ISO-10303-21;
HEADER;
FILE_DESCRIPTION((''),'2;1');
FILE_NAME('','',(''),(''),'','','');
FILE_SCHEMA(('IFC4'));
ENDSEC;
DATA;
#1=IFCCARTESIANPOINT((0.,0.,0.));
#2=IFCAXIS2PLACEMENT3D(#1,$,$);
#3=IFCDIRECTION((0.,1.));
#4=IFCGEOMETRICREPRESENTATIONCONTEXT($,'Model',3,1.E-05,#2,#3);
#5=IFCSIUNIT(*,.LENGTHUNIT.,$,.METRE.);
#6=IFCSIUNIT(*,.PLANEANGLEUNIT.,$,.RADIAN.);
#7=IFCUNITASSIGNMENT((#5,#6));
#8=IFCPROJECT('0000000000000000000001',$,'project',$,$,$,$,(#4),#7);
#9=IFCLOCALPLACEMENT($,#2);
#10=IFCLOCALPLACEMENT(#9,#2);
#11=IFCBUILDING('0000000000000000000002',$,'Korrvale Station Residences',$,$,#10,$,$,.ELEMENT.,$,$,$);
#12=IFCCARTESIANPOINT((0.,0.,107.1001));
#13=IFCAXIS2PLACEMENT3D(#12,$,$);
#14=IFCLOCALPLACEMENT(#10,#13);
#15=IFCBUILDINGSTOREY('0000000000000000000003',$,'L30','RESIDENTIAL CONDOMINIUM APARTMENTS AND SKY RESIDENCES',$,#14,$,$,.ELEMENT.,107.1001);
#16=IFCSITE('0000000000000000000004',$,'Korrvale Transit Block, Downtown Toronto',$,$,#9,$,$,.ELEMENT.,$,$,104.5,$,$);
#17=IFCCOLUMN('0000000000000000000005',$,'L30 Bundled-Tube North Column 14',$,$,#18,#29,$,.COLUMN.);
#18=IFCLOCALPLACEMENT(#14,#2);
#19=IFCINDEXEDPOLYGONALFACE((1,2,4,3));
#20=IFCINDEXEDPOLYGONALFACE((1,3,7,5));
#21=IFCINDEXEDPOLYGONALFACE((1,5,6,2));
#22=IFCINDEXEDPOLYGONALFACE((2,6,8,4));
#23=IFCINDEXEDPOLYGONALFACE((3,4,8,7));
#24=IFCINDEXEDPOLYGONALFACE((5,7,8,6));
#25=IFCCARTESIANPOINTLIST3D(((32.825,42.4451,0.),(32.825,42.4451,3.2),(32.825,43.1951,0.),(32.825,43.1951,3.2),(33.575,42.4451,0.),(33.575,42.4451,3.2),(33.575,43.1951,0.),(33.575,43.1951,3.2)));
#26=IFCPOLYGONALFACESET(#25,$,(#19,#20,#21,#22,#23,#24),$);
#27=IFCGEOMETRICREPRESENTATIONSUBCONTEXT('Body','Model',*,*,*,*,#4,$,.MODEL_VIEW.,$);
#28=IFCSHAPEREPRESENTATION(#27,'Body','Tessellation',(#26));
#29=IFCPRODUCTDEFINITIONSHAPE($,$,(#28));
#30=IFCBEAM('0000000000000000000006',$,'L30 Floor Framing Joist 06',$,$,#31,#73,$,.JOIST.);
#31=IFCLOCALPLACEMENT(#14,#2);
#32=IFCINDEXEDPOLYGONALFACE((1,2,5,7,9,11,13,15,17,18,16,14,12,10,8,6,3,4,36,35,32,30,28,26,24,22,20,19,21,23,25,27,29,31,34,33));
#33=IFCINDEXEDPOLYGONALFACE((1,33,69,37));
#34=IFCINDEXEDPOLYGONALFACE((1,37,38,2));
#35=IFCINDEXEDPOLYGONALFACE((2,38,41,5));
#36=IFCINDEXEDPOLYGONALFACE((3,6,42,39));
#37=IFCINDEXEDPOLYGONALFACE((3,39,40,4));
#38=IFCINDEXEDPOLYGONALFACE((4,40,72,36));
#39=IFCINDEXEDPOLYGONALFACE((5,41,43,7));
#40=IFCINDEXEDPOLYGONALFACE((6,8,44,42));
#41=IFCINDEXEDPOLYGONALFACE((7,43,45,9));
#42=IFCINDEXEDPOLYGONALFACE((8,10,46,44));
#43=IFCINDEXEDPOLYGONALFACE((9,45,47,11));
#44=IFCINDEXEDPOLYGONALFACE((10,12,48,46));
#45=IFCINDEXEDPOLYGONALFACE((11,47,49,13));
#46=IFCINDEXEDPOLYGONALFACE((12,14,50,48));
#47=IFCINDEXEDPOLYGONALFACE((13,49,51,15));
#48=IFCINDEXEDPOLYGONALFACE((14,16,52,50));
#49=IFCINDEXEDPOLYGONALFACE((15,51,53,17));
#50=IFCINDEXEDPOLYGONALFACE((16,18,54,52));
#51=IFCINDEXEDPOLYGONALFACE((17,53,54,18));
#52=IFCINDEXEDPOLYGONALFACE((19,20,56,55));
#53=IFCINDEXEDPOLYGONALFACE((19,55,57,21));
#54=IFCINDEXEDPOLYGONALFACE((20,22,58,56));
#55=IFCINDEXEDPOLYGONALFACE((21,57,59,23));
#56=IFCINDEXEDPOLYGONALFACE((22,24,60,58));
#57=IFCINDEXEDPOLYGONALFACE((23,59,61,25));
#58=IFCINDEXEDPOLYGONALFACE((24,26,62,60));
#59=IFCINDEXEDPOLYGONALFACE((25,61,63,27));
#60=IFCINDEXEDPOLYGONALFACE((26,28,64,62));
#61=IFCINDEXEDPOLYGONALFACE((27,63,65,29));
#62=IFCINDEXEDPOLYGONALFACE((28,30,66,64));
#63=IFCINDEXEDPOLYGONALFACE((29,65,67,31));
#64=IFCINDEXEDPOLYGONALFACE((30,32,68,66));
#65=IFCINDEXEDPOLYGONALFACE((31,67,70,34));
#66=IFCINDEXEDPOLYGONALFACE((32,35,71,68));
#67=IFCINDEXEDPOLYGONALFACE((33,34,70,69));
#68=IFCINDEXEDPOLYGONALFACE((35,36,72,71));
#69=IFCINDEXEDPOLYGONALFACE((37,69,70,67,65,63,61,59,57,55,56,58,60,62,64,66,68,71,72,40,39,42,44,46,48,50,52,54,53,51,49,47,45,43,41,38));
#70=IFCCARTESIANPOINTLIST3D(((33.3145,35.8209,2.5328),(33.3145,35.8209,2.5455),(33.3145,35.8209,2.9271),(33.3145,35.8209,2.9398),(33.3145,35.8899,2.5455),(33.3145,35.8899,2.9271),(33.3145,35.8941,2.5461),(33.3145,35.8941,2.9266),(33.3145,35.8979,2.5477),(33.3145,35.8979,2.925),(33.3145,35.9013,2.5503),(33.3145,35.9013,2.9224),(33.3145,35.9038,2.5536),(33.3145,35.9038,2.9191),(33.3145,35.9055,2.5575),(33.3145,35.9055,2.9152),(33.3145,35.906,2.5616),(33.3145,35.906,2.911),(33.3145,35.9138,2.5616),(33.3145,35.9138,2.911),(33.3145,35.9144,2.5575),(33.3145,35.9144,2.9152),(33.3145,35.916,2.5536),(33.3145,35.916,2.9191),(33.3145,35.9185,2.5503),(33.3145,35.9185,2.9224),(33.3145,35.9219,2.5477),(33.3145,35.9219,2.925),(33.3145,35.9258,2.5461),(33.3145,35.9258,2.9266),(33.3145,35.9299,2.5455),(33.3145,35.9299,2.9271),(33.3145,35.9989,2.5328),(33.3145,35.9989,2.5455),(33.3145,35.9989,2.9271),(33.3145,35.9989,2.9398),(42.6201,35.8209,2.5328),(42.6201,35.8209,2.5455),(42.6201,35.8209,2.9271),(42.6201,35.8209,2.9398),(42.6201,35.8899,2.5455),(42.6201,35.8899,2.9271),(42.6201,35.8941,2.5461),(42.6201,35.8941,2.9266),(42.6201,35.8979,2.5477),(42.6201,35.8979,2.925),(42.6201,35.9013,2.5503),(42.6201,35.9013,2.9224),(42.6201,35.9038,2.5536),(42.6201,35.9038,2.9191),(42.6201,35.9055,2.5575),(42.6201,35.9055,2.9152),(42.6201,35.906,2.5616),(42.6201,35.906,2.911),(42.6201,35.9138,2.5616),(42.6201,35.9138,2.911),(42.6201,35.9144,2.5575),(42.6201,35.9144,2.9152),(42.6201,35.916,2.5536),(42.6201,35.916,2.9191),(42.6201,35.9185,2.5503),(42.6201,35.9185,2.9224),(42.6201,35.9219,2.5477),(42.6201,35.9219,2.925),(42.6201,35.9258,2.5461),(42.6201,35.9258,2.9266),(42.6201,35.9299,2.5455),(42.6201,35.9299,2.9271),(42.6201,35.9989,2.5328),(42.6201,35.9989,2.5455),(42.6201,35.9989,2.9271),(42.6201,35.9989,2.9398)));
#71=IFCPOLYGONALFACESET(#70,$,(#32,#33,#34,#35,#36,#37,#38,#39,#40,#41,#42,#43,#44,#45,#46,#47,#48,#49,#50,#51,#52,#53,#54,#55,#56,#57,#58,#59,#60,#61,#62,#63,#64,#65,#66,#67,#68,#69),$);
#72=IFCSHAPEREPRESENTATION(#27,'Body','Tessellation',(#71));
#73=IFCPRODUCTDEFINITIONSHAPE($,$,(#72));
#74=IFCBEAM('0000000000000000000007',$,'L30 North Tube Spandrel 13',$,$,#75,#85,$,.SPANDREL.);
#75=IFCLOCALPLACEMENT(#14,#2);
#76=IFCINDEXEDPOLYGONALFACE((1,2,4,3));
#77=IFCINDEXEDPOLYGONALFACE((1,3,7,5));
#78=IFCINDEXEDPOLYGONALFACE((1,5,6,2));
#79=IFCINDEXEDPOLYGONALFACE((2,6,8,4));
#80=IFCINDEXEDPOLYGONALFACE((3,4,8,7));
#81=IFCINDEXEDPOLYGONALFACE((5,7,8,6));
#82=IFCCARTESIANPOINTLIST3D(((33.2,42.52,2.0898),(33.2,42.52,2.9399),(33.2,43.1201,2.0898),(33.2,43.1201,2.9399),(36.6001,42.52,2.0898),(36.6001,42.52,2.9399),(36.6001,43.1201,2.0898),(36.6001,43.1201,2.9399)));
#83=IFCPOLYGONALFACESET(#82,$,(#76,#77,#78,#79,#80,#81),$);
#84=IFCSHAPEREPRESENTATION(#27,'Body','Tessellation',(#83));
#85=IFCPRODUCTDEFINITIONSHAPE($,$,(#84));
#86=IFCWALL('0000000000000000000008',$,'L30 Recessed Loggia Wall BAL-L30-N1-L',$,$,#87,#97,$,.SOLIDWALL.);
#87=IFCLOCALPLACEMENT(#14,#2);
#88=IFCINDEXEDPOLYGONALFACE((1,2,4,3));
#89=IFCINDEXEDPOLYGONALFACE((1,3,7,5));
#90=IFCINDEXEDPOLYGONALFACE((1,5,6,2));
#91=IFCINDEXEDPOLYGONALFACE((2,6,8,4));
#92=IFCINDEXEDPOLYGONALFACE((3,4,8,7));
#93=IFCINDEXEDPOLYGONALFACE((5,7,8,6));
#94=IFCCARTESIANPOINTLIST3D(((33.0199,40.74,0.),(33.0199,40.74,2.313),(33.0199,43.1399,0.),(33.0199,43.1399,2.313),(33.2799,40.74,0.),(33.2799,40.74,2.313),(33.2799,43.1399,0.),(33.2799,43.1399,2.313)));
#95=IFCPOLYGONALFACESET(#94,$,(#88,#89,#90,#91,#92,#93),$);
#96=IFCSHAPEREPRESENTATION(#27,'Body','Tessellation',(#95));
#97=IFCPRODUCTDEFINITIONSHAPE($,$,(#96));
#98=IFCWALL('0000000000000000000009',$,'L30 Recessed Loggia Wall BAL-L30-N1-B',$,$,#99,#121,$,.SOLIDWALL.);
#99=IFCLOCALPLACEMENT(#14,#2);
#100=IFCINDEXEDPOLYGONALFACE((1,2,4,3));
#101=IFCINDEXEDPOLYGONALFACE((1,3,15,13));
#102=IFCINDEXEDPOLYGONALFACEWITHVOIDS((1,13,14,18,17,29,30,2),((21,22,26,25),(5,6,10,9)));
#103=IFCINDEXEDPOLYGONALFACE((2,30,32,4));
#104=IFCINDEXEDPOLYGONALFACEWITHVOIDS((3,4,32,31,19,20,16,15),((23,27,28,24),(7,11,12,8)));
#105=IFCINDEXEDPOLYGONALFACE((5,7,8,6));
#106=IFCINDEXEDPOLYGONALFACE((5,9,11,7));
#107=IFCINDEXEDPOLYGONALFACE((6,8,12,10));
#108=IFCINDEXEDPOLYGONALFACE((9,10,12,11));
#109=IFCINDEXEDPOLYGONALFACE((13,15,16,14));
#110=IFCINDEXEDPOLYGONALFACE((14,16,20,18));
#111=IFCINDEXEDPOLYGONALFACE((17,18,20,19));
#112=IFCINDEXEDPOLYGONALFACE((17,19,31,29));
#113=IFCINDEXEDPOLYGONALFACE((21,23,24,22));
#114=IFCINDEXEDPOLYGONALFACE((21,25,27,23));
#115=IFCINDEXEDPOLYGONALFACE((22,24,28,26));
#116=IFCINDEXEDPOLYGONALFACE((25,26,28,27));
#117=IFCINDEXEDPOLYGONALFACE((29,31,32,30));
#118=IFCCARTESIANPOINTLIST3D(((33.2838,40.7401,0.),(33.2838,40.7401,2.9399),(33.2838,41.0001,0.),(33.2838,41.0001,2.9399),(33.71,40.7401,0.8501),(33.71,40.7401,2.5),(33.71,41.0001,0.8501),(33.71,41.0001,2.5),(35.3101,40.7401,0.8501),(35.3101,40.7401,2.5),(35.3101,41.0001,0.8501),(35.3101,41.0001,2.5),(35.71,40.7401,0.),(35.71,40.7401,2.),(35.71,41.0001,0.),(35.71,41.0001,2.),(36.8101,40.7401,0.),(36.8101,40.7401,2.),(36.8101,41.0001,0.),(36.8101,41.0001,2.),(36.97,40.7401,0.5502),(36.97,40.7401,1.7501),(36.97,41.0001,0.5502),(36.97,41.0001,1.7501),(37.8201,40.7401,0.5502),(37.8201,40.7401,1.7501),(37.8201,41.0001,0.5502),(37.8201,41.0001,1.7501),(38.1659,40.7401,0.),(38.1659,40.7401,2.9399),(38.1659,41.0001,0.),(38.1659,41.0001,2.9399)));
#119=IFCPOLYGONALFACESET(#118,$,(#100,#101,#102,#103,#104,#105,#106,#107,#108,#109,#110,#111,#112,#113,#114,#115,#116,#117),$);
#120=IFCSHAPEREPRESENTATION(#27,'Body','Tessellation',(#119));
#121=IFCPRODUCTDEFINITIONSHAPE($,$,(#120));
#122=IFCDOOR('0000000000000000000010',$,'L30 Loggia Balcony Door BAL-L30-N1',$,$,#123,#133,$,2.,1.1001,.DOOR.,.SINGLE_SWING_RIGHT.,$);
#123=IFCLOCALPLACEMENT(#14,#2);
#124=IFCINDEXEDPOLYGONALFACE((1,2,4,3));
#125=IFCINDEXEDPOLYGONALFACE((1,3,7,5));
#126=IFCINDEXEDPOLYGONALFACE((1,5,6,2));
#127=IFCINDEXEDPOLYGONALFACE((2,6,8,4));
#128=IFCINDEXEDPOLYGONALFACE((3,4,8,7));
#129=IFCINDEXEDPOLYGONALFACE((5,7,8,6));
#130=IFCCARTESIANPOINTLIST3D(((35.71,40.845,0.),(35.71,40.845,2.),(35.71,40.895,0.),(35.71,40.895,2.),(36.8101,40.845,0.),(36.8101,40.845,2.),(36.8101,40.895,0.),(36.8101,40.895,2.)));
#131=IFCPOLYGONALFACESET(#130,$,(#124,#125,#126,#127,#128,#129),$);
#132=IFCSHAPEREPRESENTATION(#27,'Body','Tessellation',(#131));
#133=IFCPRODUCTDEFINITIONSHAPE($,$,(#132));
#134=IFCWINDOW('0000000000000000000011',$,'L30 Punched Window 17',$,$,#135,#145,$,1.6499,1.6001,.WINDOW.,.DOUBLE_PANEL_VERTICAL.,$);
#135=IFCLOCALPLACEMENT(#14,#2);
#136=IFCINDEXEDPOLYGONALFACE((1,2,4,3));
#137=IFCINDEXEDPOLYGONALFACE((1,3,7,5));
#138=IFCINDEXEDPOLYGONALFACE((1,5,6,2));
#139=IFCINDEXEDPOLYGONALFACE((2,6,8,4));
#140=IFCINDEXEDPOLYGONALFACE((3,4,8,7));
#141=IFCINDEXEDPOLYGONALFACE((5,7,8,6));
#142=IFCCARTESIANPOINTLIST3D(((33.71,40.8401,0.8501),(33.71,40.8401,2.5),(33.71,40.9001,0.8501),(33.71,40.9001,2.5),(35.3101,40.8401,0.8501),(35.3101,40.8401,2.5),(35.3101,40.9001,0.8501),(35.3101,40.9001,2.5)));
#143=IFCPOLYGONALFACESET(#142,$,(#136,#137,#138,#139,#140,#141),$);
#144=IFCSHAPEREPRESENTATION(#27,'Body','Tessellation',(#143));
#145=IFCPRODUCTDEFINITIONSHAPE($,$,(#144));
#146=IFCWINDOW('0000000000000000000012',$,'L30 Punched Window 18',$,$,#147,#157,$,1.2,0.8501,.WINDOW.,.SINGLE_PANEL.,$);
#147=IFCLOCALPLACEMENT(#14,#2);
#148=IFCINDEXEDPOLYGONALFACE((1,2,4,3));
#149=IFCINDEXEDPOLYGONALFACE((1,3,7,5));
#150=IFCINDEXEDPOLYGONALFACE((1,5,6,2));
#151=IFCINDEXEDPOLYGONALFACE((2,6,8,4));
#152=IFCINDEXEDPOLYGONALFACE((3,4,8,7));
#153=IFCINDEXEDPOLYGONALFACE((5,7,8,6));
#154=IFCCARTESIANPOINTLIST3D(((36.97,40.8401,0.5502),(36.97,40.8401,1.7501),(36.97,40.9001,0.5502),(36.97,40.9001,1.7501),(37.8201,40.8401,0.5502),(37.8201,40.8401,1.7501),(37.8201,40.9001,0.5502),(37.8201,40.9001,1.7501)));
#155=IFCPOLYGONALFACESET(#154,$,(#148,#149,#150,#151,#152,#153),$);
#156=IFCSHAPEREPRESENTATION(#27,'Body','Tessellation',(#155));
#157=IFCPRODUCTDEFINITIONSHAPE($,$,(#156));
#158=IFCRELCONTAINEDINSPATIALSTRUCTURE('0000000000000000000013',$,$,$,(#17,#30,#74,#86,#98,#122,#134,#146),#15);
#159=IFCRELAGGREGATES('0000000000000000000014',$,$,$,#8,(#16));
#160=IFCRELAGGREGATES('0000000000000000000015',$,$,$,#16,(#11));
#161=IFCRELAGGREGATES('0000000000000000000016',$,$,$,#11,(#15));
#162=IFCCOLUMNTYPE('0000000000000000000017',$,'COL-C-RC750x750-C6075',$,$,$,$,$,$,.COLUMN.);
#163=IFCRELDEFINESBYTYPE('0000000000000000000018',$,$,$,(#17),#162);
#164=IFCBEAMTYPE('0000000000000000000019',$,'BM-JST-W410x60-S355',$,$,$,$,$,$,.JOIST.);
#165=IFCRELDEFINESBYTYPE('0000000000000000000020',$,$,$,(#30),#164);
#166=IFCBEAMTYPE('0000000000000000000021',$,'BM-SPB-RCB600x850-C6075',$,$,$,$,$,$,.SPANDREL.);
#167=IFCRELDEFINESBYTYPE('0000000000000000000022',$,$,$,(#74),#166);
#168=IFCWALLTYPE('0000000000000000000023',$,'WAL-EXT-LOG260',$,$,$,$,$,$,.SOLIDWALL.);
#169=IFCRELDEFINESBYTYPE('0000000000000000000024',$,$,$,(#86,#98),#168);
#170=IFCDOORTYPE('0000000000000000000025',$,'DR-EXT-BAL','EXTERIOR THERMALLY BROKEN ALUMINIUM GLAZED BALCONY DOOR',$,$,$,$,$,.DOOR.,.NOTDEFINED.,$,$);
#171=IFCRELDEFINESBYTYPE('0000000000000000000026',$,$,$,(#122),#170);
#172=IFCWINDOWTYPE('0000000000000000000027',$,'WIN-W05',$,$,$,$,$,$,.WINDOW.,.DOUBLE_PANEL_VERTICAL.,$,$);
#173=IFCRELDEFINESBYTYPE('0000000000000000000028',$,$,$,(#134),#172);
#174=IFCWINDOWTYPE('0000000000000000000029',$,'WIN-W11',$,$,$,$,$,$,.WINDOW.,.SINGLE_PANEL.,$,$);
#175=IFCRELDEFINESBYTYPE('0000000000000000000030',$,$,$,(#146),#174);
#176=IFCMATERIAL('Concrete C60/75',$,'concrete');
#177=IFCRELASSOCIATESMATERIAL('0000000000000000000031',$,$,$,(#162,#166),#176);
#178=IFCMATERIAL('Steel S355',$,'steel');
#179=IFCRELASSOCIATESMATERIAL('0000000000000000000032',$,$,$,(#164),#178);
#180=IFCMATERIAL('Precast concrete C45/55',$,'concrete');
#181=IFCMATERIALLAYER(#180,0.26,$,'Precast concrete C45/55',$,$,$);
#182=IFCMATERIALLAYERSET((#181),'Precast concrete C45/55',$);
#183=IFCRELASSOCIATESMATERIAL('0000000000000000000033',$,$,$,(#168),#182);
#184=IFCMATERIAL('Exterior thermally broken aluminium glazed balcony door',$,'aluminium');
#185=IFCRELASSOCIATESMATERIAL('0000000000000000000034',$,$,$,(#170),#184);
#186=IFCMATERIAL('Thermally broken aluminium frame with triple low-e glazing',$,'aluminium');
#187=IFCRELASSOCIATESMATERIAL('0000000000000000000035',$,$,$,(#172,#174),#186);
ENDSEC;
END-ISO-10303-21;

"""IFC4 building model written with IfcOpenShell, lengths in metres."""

from ifc_helpers import new_model, si_unit, direction, frame, frame_2d, origin, origin_2d, place, context, subcontext, project, spatial, rectangle, i_section, extrude, material, layer, layer_set, material_profile, profile_set, type_object, element, fill, save


model = new_model("IFC4")

# Units and contexts
model_context = context("Model", 3, precision=1e-05, world=origin(), true_north=direction((0.0, 1.0)))
body_context = subcontext(model_context, "Body", "Model", "MODEL_VIEW")
ifc_project = project(units=[si_unit("LENGTHUNIT", "METRE"), si_unit("PLANEANGLEUNIT", "RADIAN")], contexts=[model_context])

# Site, building, storey
site_placement = place(None, origin())
site = spatial("IfcSite", under=ifc_project, at=site_placement, Name="Korrvale Transit Block, Downtown Toronto", CompositionType="ELEMENT", RefElevation=104.5)
building_placement = place(site_placement, origin())
building = spatial("IfcBuilding", under=site, at=building_placement, Name="Korrvale Station Residences", CompositionType="ELEMENT")
storey_placement = place(building_placement, frame((0.0, 0.0, 107.1001)))
storey = spatial("IfcBuildingStorey", under=building, at=storey_placement, Name="L30", Description="RESIDENTIAL CONDOMINIUM APARTMENTS AND SKY RESIDENCES", CompositionType="ELEMENT", Elevation=107.1001)

# Column
ifc_material_1 = material(Name="Concrete C60/75", Category="concrete")
ifc_material_profile_1 = material_profile(ifc_material_1, rectangle(XDim=0.75, YDim=0.75, at=origin_2d()), Name="RC750x750")
ifc_profile_set_1 = profile_set([ifc_material_profile_1], Name="Concrete C60/75")
column_type = type_object("IfcColumnType", Name="COL-C-RC750x750-C6075", PredefinedType="COLUMN", material=ifc_profile_set_1)
column_placement = place(storey_placement, frame((33.2, 42.8201, 0.0), z_axis=(0.0, 0.0, 1.0), x_axis=(1.0, 0.0, 0.0)))
element("IfcColumn", 1, at=column_placement, inside=storey, type_object=column_type, Name="L30 Bundled-Tube North Column 14", PredefinedType="COLUMN", context=body_context, shape_type="SweptSolid", body=[
    extrude(rectangle(XDim=0.75, YDim=0.75, at=origin_2d()), origin(), (0.0, 0.0, 1.0), 3.2),
])

# Beams
ifc_material_2 = material(Name="Steel S355", Category="steel")
ifc_material_profile_2 = material_profile(ifc_material_2, i_section(OverallWidth=0.178, OverallDepth=0.407, WebThickness=0.0078, FlangeThickness=0.0127, FilletRadius=0.0161, at=origin_2d()), Name="W410x60")
ifc_profile_set_2 = profile_set([ifc_material_profile_2], Name="Steel S355")
beam_type_1 = type_object("IfcBeamType", Name="BM-JST-W410x60-S355", PredefinedType="JOIST", material=ifc_profile_set_2)
beam_1_placement = place(storey_placement, frame((33.3145, 35.9099, 2.7363), z_axis=(1.0, 0.0, 0.0), x_axis=(0.0, 1.0, 0.0)))
element("IfcBeam", 2, at=beam_1_placement, inside=storey, type_object=beam_type_1, Name="L30 Floor Framing Joist 06", PredefinedType="JOIST", context=body_context, shape_type="SweptSolid", body=[
    extrude(i_section(OverallWidth=0.178, OverallDepth=0.407, WebThickness=0.0078, FlangeThickness=0.0127, FilletRadius=0.0161, at=origin_2d()), origin(), (0.0, 0.0, 1.0), 9.3057),
])
ifc_material_profile_3 = material_profile(ifc_material_1, rectangle(XDim=0.6001, YDim=0.8501, at=origin_2d()), Name="RCB600x850")
ifc_profile_set_3 = profile_set([ifc_material_profile_3], Name="Concrete C60/75")
beam_type_2 = type_object("IfcBeamType", Name="BM-SPB-RCB600x850-C6075", PredefinedType="SPANDREL", material=ifc_profile_set_3)
beam_2_placement = place(storey_placement, frame((33.2, 42.8201, 2.5149), z_axis=(1.0, 0.0, 0.0), x_axis=(0.0, 1.0, 0.0)))
element("IfcBeam", 3, at=beam_2_placement, inside=storey, type_object=beam_type_2, Name="L30 North Tube Spandrel 13", PredefinedType="SPANDREL", context=body_context, shape_type="SweptSolid", body=[
    extrude(rectangle(XDim=0.6001, YDim=0.8501, at=origin_2d()), origin(), (0.0, 0.0, 1.0), 3.4001),
])

# Wall
ifc_material_3 = material(Name="Precast concrete C45/55", Category="concrete")
ifc_layer_1 = layer(ifc_material_3, 0.26, Name="Precast concrete C45/55")
ifc_layer_set_1 = layer_set([ifc_layer_1], Name="Precast concrete C45/55")
wall_type_1 = type_object("IfcWallType", Name="WAL-EXT-LOG260", PredefinedType="SOLIDWALL", material=ifc_layer_set_1)
wall_1_placement = place(storey_placement, frame((33.1499, 43.1399, 0.0), z_axis=(0.0, 0.0, 1.0), x_axis=(0.0, -1.0, 0.0)))
element("IfcWall", 4, at=wall_1_placement, inside=storey, type_object=wall_type_1, Name="L30 Recessed Loggia Wall BAL-L30-N1-L", PredefinedType="SOLIDWALL", context=body_context, shape_type="SweptSolid", body=[
    extrude(rectangle(XDim=2.3999, YDim=0.26, at=frame_2d((1.2, 0.0))), origin(), (0.0, 0.0, 1.0), 2.313),
])

# Wall, openings, door, windows
wall_2_placement = place(storey_placement, frame((33.2839, 40.8701, 0.0), z_axis=(0.0, 0.0, 1.0), x_axis=(1.0, 0.0, 0.0)))
wall_2 = element("IfcWall", 5, at=wall_2_placement, inside=storey, type_object=wall_type_1, Name="L30 Recessed Loggia Wall BAL-L30-N1-B", PredefinedType="SOLIDWALL", context=body_context, shape_type="SweptSolid", body=[
    extrude(rectangle(XDim=4.8821, YDim=0.26, at=frame_2d((2.4409, 0.0))), origin(), (0.0, 0.0, 1.0), 2.9399),
])
opening_1_placement = place(wall_2_placement, frame((2.426, 0.0, 0.0)))
opening_1 = element("IfcOpeningElement", 6, at=opening_1_placement, cuts=wall_2, PredefinedType="OPENING", context=body_context, shape_type="SweptSolid", body=[
    extrude(rectangle(XDim=1.1001, YDim=2.0, at=frame_2d((0.55, 1.0))), frame((0.0, 0.1401, 0.0), z_axis=(0.0, -1.0, 0.0), x_axis=(1.0, 0.0, 0.0)), (0.0, 0.0, 1.0), 0.28),
])
opening_2_placement = place(wall_2_placement, frame((0.426, 0.0, 0.8501)))
opening_2 = element("IfcOpeningElement", 7, at=opening_2_placement, cuts=wall_2, PredefinedType="OPENING", context=body_context, shape_type="SweptSolid", body=[
    extrude(rectangle(XDim=1.6001, YDim=1.6499, at=frame_2d((0.8, 0.825))), frame((0.0, 0.1401, 0.0), z_axis=(0.0, -1.0, 0.0), x_axis=(1.0, 0.0, 0.0)), (0.0, 0.0, 1.0), 0.28),
])
opening_3_placement = place(wall_2_placement, frame((3.686, 0.0, 0.55)))
opening_3 = element("IfcOpeningElement", 8, at=opening_3_placement, cuts=wall_2, PredefinedType="OPENING", context=body_context, shape_type="SweptSolid", body=[
    extrude(rectangle(XDim=0.8501, YDim=1.2, at=frame_2d((0.425, 0.6001))), frame((0.0, 0.1401, 0.0), z_axis=(0.0, -1.0, 0.0), x_axis=(1.0, 0.0, 0.0)), (0.0, 0.0, 1.0), 0.28),
])
ifc_material_4 = material(Name="Exterior thermally broken aluminium glazed balcony door", Category="aluminium")
door_type_1 = type_object("IfcDoorType", Name="DR-EXT-BAL", Description="EXTERIOR THERMALLY BROKEN ALUMINIUM GLAZED BALCONY DOOR", OperationType="NOTDEFINED", PredefinedType="DOOR", material=ifc_material_4)
door_1_placement = place(opening_1_placement, origin())
door_1 = element("IfcDoor", 9, at=door_1_placement, inside=storey, type_object=door_type_1, Name="L30 Loggia Balcony Door BAL-L30-N1", OperationType="SINGLE_SWING_RIGHT", OverallHeight=2.0, OverallWidth=1.1001, PredefinedType="DOOR", context=body_context, shape_type="SweptSolid", body=[
    extrude(rectangle(XDim=1.1001, YDim=2.0, at=frame_2d((0.55, 1.0))), frame((0.0, 0.0249, 0.0), z_axis=(0.0, -1.0, 0.0), x_axis=(1.0, 0.0, 0.0)), (0.0, 0.0, 1.0), 0.05),
])
fill(opening_1, door_1)
ifc_material_5 = material(Name="Thermally broken aluminium frame with triple low-e glazing", Category="aluminium")
window_type_1 = type_object("IfcWindowType", Name="WIN-W05", PartitioningType="DOUBLE_PANEL_VERTICAL", PredefinedType="WINDOW", material=ifc_material_5)
window_1_placement = place(opening_2_placement, origin())
window_1 = element("IfcWindow", 10, at=window_1_placement, inside=storey, type_object=window_type_1, Name="L30 Punched Window 17", OverallHeight=1.6499, OverallWidth=1.6001, PartitioningType="DOUBLE_PANEL_VERTICAL", PredefinedType="WINDOW", context=body_context, shape_type="SweptSolid", body=[
    extrude(rectangle(XDim=1.6001, YDim=1.6499, at=frame_2d((0.8, 0.825))), frame((0.0, 0.03, 0.0), z_axis=(0.0, -1.0, 0.0), x_axis=(1.0, 0.0, 0.0)), (0.0, 0.0, 1.0), 0.0601),
])
fill(opening_2, window_1)
window_type_2 = type_object("IfcWindowType", Name="WIN-W11", PartitioningType="SINGLE_PANEL", PredefinedType="WINDOW", material=ifc_material_5)
window_2_placement = place(opening_3_placement, origin())
window_2 = element("IfcWindow", 11, at=window_2_placement, inside=storey, type_object=window_type_2, Name="L30 Punched Window 18", OverallHeight=1.2, OverallWidth=0.8501, PartitioningType="SINGLE_PANEL", PredefinedType="WINDOW", context=body_context, shape_type="SweptSolid", body=[
    extrude(rectangle(XDim=0.8501, YDim=1.2, at=frame_2d((0.425, 0.6001))), frame((0.0, 0.03, 0.0), z_axis=(0.0, -1.0, 0.0), x_axis=(1.0, 0.0, 0.0)), (0.0, 0.0, 1.0), 0.0601),
])
fill(opening_3, window_2)

save(model, "model.ifc")
